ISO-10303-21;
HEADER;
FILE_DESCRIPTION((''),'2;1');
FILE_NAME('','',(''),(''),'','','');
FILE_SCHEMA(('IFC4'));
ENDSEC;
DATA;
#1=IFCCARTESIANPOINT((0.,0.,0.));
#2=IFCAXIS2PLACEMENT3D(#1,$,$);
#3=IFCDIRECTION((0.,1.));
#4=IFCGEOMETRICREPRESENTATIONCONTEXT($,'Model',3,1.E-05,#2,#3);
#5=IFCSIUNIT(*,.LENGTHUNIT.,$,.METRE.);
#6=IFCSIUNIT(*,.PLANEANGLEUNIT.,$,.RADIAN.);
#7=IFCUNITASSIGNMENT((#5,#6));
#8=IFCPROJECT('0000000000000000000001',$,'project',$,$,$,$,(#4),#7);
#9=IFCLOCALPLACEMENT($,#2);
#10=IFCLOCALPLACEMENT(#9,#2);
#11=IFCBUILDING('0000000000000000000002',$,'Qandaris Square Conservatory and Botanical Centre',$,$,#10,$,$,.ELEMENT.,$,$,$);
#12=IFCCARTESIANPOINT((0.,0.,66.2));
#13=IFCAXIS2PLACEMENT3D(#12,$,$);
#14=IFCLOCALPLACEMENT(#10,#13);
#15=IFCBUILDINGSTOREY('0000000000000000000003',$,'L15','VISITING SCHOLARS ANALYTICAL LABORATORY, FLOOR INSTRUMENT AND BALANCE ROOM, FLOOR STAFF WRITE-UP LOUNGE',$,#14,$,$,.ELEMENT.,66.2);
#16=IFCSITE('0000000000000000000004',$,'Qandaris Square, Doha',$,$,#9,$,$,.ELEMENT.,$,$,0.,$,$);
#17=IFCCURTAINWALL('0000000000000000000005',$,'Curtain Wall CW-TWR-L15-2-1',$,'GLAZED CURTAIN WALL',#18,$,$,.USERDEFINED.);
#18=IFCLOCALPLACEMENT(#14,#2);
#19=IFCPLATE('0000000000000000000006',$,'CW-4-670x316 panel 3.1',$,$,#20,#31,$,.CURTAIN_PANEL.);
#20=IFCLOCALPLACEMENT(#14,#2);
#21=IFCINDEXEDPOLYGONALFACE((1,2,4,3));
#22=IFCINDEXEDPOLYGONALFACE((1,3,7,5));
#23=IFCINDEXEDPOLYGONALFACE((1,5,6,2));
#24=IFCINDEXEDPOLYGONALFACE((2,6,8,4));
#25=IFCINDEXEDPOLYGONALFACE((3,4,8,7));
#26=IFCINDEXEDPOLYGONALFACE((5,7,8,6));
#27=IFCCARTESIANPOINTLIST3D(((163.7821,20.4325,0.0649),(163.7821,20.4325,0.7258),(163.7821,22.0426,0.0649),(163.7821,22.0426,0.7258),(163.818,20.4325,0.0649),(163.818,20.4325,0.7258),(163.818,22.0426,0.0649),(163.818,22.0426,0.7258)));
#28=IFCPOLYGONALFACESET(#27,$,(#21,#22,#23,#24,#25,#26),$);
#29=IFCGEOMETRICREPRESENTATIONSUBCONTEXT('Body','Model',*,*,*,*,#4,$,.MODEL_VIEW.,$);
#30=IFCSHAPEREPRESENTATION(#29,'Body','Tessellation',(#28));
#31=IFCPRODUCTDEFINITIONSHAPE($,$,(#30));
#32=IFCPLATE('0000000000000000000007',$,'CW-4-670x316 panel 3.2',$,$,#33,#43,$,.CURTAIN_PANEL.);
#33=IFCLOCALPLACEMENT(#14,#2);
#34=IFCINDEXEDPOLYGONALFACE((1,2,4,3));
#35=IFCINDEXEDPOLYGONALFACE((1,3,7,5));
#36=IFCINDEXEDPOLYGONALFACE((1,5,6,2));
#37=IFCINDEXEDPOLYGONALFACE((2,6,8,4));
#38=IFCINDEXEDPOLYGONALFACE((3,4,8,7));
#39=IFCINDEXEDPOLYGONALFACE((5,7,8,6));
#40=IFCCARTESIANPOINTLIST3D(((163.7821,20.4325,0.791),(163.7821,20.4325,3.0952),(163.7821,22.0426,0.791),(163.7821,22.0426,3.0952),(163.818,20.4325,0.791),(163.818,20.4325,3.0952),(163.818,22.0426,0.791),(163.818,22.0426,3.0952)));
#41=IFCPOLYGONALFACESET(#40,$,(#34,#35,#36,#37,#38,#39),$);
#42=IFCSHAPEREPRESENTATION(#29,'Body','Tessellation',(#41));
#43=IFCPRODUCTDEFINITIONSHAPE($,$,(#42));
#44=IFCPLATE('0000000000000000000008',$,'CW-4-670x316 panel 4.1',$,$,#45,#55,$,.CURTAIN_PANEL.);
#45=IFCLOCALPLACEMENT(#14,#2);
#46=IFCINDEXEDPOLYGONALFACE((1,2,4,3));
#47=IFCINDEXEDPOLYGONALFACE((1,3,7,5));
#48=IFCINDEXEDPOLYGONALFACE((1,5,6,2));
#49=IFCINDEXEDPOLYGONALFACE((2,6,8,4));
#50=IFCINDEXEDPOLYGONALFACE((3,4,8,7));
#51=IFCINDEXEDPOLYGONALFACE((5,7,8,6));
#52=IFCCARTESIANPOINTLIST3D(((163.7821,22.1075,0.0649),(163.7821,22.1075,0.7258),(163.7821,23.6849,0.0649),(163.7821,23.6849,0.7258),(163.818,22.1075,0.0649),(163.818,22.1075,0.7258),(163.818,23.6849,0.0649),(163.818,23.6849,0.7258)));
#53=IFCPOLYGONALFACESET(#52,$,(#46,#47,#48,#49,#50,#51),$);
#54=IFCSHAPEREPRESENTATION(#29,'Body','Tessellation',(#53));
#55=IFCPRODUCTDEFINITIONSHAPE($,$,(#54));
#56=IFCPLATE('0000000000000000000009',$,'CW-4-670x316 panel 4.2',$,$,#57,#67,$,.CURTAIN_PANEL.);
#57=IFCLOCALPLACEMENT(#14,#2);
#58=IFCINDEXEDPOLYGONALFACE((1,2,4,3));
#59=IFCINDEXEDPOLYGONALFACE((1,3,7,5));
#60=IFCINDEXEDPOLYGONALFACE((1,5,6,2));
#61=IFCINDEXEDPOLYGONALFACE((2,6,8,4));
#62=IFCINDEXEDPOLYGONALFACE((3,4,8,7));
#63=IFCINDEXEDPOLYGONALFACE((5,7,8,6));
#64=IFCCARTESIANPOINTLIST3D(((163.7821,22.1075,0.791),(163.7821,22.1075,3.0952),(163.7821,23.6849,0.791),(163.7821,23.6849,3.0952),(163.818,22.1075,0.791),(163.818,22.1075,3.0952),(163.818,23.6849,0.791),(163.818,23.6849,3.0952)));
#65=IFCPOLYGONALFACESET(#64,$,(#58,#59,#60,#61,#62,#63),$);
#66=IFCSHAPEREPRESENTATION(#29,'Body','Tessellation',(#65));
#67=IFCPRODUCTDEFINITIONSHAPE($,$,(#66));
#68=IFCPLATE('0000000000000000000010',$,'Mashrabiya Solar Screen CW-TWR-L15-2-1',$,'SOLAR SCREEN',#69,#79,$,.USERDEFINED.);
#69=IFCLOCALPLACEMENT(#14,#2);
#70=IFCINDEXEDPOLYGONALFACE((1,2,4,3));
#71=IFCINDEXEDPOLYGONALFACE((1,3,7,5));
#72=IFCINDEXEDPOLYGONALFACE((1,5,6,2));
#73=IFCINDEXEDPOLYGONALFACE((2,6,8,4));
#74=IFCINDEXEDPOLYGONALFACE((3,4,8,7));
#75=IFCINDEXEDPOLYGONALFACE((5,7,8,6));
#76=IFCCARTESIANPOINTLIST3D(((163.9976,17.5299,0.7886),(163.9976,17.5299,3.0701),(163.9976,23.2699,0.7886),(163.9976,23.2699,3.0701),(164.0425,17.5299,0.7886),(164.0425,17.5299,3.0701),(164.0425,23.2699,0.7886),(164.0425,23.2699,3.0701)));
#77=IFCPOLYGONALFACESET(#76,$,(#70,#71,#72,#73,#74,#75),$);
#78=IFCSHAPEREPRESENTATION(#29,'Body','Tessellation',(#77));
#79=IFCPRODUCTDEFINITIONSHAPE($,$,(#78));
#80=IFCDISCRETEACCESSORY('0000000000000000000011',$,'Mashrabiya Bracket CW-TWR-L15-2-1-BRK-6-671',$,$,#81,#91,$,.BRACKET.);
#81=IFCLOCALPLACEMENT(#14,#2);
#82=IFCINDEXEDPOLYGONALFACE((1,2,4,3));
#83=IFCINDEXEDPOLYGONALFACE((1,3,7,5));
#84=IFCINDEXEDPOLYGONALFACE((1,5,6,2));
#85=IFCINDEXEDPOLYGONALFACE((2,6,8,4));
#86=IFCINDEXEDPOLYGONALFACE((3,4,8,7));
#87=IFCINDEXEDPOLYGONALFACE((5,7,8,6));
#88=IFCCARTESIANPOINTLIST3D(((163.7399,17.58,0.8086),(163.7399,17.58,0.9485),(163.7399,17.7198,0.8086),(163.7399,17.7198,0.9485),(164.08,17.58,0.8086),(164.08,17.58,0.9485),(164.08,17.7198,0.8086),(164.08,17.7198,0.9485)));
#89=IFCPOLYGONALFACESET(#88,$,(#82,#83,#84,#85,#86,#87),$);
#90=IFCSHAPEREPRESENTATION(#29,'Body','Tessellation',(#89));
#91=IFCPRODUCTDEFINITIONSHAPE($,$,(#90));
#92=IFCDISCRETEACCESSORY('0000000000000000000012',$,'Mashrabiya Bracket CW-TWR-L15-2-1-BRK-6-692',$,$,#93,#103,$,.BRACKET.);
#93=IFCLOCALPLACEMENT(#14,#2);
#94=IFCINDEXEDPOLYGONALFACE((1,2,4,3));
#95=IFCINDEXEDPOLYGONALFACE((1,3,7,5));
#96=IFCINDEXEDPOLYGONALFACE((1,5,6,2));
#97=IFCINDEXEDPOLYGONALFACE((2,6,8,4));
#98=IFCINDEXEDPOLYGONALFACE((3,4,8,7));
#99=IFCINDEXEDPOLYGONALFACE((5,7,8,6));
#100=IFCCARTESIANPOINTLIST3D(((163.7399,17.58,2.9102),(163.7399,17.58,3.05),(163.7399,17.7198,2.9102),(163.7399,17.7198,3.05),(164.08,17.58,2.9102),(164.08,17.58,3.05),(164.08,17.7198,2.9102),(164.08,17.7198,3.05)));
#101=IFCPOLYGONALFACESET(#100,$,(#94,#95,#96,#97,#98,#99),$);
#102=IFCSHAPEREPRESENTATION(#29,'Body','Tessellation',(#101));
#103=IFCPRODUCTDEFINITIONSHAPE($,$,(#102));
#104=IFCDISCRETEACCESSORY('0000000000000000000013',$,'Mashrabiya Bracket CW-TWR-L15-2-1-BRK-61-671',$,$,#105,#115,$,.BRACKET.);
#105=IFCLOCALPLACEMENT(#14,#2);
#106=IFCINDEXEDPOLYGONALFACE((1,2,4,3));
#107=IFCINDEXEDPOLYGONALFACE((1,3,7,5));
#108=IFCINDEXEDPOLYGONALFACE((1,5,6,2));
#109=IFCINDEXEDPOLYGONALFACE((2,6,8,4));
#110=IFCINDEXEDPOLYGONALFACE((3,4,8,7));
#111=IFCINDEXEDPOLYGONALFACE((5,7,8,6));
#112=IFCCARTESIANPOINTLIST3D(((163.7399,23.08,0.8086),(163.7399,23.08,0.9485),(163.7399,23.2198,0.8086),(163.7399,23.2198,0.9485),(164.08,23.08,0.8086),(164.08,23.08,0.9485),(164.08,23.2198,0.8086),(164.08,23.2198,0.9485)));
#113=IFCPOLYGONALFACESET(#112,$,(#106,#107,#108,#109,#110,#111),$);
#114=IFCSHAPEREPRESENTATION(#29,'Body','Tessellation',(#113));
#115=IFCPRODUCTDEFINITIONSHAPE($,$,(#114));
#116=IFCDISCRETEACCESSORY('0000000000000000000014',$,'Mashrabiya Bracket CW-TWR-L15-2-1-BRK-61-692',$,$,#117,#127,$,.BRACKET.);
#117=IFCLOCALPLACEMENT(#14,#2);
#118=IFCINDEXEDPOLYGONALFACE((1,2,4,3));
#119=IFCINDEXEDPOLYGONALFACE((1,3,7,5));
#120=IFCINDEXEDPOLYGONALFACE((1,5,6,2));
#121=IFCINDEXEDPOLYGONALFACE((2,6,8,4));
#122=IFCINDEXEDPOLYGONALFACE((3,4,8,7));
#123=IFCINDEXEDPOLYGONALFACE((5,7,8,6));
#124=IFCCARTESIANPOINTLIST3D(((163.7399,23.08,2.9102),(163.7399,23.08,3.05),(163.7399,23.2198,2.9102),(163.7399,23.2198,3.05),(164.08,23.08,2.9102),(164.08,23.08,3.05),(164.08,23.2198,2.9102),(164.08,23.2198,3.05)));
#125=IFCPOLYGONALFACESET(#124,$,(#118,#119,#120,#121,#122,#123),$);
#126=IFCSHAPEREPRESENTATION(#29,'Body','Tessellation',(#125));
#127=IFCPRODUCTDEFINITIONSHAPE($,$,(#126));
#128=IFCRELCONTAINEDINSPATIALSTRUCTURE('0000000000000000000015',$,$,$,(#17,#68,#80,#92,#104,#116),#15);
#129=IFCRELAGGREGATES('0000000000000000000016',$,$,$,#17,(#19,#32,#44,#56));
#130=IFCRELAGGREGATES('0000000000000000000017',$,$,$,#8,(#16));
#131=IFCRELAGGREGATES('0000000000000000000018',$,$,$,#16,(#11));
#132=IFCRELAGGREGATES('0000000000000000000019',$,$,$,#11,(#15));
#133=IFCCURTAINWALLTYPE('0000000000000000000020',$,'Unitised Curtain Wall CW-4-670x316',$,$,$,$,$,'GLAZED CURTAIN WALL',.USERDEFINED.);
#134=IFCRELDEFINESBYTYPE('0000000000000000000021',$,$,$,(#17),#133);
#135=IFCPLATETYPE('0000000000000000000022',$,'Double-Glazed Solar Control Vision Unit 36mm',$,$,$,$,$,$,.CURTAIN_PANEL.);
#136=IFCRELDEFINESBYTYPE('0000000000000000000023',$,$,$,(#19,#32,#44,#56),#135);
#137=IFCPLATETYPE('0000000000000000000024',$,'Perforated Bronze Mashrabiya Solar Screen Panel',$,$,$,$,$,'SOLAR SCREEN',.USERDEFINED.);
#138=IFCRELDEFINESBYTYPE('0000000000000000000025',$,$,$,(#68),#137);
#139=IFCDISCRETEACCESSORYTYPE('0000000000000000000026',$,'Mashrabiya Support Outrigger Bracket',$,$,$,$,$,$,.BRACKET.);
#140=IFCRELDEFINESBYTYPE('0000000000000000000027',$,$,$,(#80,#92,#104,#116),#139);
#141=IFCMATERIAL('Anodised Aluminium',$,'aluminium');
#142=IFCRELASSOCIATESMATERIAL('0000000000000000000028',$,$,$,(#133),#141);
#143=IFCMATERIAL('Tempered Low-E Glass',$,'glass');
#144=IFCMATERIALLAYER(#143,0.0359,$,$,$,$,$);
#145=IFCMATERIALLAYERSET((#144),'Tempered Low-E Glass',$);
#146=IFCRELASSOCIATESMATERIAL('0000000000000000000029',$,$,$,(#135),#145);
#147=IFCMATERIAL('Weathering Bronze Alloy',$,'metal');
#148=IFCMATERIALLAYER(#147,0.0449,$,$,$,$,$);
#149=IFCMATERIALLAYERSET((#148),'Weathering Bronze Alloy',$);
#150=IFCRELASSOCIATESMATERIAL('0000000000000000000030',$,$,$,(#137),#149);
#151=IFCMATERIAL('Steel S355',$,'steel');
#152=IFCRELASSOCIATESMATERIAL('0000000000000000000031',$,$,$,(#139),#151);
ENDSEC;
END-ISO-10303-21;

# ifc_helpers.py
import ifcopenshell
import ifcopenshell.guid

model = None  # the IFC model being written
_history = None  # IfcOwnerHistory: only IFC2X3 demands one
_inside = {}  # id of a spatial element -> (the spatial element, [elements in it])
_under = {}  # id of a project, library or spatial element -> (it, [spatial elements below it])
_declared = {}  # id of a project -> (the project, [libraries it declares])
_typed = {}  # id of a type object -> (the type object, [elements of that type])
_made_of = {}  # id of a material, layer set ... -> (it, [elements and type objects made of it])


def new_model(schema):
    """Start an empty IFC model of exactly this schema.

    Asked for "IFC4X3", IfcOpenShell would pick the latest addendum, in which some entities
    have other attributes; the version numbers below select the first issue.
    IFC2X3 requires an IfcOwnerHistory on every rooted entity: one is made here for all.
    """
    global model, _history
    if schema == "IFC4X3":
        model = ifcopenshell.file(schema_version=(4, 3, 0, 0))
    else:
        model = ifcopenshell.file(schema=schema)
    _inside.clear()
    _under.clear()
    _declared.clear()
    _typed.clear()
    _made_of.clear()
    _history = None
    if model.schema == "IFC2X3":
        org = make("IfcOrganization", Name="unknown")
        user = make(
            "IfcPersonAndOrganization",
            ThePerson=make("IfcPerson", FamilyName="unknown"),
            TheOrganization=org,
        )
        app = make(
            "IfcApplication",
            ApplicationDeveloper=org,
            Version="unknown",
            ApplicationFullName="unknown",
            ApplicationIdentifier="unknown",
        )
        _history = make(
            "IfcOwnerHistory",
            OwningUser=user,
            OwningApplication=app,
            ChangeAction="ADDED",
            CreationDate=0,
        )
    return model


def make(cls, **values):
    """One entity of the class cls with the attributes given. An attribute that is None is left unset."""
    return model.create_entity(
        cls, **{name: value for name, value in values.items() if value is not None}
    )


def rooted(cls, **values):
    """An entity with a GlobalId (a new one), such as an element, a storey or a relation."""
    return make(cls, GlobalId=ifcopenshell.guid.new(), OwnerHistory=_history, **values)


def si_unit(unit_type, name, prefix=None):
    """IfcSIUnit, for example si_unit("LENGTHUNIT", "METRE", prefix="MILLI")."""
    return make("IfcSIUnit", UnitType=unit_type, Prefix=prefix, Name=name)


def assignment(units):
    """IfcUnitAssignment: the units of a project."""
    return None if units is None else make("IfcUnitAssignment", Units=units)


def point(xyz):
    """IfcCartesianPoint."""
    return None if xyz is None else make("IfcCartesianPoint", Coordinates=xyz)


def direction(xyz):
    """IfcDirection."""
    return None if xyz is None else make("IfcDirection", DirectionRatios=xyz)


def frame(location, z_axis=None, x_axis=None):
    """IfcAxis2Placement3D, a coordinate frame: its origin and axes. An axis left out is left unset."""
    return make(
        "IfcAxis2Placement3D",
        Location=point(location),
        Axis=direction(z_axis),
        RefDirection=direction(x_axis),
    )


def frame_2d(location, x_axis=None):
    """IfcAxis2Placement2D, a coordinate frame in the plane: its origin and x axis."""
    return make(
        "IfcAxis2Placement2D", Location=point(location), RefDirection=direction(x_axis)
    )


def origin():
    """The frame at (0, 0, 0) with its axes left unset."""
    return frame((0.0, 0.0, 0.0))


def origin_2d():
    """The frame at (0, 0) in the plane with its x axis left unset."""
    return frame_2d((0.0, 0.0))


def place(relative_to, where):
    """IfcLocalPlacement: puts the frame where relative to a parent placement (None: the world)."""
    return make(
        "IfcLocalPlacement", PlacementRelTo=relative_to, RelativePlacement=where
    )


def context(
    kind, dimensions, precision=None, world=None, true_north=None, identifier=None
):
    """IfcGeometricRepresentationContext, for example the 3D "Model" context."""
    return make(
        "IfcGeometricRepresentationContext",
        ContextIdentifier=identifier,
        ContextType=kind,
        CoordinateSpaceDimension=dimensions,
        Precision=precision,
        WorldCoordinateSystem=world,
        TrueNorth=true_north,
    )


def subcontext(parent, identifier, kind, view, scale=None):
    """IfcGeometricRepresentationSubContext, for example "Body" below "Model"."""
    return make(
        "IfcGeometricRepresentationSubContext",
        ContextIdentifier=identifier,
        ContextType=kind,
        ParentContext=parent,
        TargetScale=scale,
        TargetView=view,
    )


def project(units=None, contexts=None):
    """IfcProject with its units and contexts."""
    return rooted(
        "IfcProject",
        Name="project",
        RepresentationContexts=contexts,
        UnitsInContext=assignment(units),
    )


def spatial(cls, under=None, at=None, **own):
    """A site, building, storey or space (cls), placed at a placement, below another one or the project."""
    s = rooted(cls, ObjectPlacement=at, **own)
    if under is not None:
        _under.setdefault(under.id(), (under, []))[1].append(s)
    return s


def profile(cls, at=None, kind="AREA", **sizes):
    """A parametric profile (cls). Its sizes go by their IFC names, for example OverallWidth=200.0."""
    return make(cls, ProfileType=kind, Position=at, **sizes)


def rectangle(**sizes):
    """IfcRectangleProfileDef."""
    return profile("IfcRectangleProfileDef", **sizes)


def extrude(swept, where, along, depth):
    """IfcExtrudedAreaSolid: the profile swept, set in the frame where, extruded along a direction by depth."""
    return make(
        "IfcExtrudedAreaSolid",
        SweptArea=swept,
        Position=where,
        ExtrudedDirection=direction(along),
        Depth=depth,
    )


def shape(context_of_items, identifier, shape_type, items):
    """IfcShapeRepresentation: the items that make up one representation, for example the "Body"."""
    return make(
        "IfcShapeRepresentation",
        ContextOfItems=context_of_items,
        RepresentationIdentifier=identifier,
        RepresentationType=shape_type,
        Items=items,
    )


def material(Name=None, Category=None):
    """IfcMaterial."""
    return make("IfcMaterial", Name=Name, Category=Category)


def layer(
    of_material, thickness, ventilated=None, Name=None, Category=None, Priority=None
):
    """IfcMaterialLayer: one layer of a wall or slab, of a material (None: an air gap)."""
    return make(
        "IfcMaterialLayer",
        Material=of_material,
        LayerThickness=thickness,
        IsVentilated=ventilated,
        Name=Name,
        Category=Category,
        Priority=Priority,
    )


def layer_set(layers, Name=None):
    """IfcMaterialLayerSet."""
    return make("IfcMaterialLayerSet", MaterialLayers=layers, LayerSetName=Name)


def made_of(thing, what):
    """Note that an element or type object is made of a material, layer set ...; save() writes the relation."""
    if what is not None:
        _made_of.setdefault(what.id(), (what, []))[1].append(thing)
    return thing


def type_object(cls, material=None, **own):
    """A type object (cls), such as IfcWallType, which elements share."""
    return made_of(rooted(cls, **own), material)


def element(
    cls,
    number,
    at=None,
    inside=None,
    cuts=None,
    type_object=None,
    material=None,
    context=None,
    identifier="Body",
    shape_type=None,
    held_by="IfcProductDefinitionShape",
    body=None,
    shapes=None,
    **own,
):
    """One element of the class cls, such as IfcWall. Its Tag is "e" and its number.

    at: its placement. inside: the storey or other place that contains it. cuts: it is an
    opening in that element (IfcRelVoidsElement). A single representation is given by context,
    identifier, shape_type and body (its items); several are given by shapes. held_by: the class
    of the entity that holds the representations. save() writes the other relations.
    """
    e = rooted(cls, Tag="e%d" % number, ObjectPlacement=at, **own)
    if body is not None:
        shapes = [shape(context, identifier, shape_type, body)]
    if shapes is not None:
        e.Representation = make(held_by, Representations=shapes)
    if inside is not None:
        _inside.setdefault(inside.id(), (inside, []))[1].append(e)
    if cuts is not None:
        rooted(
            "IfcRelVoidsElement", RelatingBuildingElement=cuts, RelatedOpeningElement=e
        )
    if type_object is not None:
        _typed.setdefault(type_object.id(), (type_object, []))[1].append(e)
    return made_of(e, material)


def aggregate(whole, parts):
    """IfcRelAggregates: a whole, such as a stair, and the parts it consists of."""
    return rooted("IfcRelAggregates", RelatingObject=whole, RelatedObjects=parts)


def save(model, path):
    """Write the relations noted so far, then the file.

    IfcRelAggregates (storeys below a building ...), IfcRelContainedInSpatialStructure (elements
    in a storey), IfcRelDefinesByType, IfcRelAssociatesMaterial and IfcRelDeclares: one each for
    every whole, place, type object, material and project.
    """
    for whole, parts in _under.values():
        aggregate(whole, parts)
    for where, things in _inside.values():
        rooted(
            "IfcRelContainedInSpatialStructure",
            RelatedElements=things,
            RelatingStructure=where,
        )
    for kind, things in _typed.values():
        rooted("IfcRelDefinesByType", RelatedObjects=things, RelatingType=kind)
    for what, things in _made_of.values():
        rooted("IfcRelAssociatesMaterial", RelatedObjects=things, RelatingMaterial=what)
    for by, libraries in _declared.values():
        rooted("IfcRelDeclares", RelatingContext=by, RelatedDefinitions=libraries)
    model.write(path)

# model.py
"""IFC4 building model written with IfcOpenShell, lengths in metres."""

from ifc_helpers import new_model, si_unit, direction, frame, origin, origin_2d, place, context, subcontext, project, spatial, rectangle, extrude, material, layer, layer_set, type_object, element, aggregate, save


model = new_model("IFC4")

# Units and contexts
model_context = context("Model", 3, precision=1e-05, world=origin(), true_north=direction((0.0, 1.0)))
body_context = subcontext(model_context, "Body", "Model", "MODEL_VIEW")
ifc_project = project(units=[si_unit("LENGTHUNIT", "METRE"), si_unit("PLANEANGLEUNIT", "RADIAN")], contexts=[model_context])

# Site, building, storey
site_placement = place(None, origin())
site = spatial("IfcSite", under=ifc_project, at=site_placement, Name="Qandaris Square, Doha", CompositionType="ELEMENT", RefElevation=0.0)
building_placement = place(site_placement, origin())
building = spatial("IfcBuilding", under=site, at=building_placement, Name="Qandaris Square Conservatory and Botanical Centre", CompositionType="ELEMENT")
storey_placement = place(building_placement, frame((0.0, 0.0, 66.2)))
storey = spatial("IfcBuildingStorey", under=building, at=storey_placement, Name="L15", Description="VISITING SCHOLARS ANALYTICAL LABORATORY, FLOOR INSTRUMENT AND BALANCE ROOM, FLOOR STAFF WRITE-UP LOUNGE", CompositionType="ELEMENT", Elevation=66.2)

# Curtain wall, plates
ifc_material_1 = material(Name="Anodised Aluminium", Category="aluminium")
curtain_wall_type = type_object("IfcCurtainWallType", Name="Unitised Curtain Wall CW-4-670x316", ElementType="GLAZED CURTAIN WALL", PredefinedType="USERDEFINED", material=ifc_material_1)
curtain_wall_placement = place(storey_placement, origin())
curtain_wall = element("IfcCurtainWall", 1, at=curtain_wall_placement, inside=storey, type_object=curtain_wall_type, Name="Curtain Wall CW-TWR-L15-2-1", ObjectType="GLAZED CURTAIN WALL", PredefinedType="USERDEFINED")
ifc_material_2 = material(Name="Tempered Low-E Glass", Category="glass")
ifc_layer_1 = layer(ifc_material_2, 0.0359)
ifc_layer_set_1 = layer_set([ifc_layer_1], Name="Tempered Low-E Glass")
plate_type_1 = type_object("IfcPlateType", Name="Double-Glazed Solar Control Vision Unit 36mm", PredefinedType="CURTAIN_PANEL", material=ifc_layer_set_1)
plate_1_placement = place(storey_placement, frame((163.8, 21.2375, 0.0649), z_axis=(0.0, 0.0, 1.0), x_axis=(0.0, 1.0, 0.0)))
plate_1 = element("IfcPlate", 2, at=plate_1_placement, type_object=plate_type_1, Name="CW-4-670x316 panel 3.1", PredefinedType="CURTAIN_PANEL", context=body_context, shape_type="SweptSolid", body=[
    extrude(rectangle(XDim=1.6101, YDim=0.0359, at=origin_2d()), origin(), (0.0, 0.0, 1.0), 0.6609),
])
plate_2_placement = place(storey_placement, frame((163.8, 21.2375, 0.791), z_axis=(0.0, 0.0, 1.0), x_axis=(0.0, 1.0, 0.0)))
plate_2 = element("IfcPlate", 3, at=plate_2_placement, type_object=plate_type_1, Name="CW-4-670x316 panel 3.2", PredefinedType="CURTAIN_PANEL", context=body_context, shape_type="SweptSolid", body=[
    extrude(rectangle(XDim=1.6101, YDim=0.0359, at=origin_2d()), origin(), (0.0, 0.0, 1.0), 2.3042),
])
plate_3_placement = place(storey_placement, frame((163.8, 22.8962, 0.0649), z_axis=(0.0, 0.0, 1.0), x_axis=(0.0, 1.0, 0.0)))
plate_3 = element("IfcPlate", 4, at=plate_3_placement, type_object=plate_type_1, Name="CW-4-670x316 panel 4.1", PredefinedType="CURTAIN_PANEL", context=body_context, shape_type="SweptSolid", body=[
    extrude(rectangle(XDim=1.5774, YDim=0.0359, at=origin_2d()), origin(), (0.0, 0.0, 1.0), 0.6609),
])
plate_4_placement = place(storey_placement, frame((163.8, 22.8962, 0.791), z_axis=(0.0, 0.0, 1.0), x_axis=(0.0, 1.0, 0.0)))
plate_4 = element("IfcPlate", 5, at=plate_4_placement, type_object=plate_type_1, Name="CW-4-670x316 panel 4.2", PredefinedType="CURTAIN_PANEL", context=body_context, shape_type="SweptSolid", body=[
    extrude(rectangle(XDim=1.5774, YDim=0.0359, at=origin_2d()), origin(), (0.0, 0.0, 1.0), 2.3042),
])
aggregate(curtain_wall, [plate_1, plate_2, plate_3, plate_4])

# Plate
ifc_material_3 = material(Name="Weathering Bronze Alloy", Category="metal")
ifc_layer_2 = layer(ifc_material_3, 0.0449)
ifc_layer_set_2 = layer_set([ifc_layer_2], Name="Weathering Bronze Alloy")
plate_type_2 = type_object("IfcPlateType", Name="Perforated Bronze Mashrabiya Solar Screen Panel", ElementType="SOLAR SCREEN", PredefinedType="USERDEFINED", material=ifc_layer_set_2)
plate_5_placement = place(storey_placement, frame((164.02, 20.3999, 0.7886), z_axis=(0.0, 0.0, 1.0), x_axis=(0.0, 1.0, 0.0)))
element("IfcPlate", 6, at=plate_5_placement, inside=storey, type_object=plate_type_2, Name="Mashrabiya Solar Screen CW-TWR-L15-2-1", ObjectType="SOLAR SCREEN", PredefinedType="USERDEFINED", context=body_context, shape_type="SweptSolid", body=[
    extrude(rectangle(XDim=5.74, YDim=0.0449, at=origin_2d()), origin(), (0.0, 0.0, 1.0), 2.2815),
])

# Discrete accessories
ifc_material_4 = material(Name="Steel S355", Category="steel")
discrete_accessory_type = type_object("IfcDiscreteAccessoryType", Name="Mashrabiya Support Outrigger Bracket", PredefinedType="BRACKET", material=ifc_material_4)
for number, where, z_axis, x_axis, name in (
    (7, (163.9099, 17.6499, 0.8086), (0.0, 0.0, 1.0), (0.0, 1.0, 0.0), "Mashrabiya Bracket CW-TWR-L15-2-1-BRK-6-671"),
    (8, (163.9099, 17.6499, 2.9102), (0.0, 0.0, 1.0), (0.0, 1.0, 0.0), "Mashrabiya Bracket CW-TWR-L15-2-1-BRK-6-692"),
    (9, (163.9099, 23.1499, 0.8086), (0.0, 0.0, 1.0), (0.0, 1.0, 0.0), "Mashrabiya Bracket CW-TWR-L15-2-1-BRK-61-671"),
    (10, (163.9099, 23.1499, 2.9102), (0.0, 0.0, 1.0), (0.0, 1.0, 0.0), "Mashrabiya Bracket CW-TWR-L15-2-1-BRK-61-692"),
):
    element("IfcDiscreteAccessory", number, at=place(storey_placement, frame(where, z_axis=z_axis, x_axis=x_axis)), inside=storey, type_object=discrete_accessory_type, Name=name, PredefinedType="BRACKET", context=body_context, shape_type="SweptSolid", body=[
        extrude(rectangle(XDim=0.1399, YDim=0.3401, at=origin_2d()), origin(), (0.0, 0.0, 1.0), 0.1399),
    ])

save(model, "model.ifc")
